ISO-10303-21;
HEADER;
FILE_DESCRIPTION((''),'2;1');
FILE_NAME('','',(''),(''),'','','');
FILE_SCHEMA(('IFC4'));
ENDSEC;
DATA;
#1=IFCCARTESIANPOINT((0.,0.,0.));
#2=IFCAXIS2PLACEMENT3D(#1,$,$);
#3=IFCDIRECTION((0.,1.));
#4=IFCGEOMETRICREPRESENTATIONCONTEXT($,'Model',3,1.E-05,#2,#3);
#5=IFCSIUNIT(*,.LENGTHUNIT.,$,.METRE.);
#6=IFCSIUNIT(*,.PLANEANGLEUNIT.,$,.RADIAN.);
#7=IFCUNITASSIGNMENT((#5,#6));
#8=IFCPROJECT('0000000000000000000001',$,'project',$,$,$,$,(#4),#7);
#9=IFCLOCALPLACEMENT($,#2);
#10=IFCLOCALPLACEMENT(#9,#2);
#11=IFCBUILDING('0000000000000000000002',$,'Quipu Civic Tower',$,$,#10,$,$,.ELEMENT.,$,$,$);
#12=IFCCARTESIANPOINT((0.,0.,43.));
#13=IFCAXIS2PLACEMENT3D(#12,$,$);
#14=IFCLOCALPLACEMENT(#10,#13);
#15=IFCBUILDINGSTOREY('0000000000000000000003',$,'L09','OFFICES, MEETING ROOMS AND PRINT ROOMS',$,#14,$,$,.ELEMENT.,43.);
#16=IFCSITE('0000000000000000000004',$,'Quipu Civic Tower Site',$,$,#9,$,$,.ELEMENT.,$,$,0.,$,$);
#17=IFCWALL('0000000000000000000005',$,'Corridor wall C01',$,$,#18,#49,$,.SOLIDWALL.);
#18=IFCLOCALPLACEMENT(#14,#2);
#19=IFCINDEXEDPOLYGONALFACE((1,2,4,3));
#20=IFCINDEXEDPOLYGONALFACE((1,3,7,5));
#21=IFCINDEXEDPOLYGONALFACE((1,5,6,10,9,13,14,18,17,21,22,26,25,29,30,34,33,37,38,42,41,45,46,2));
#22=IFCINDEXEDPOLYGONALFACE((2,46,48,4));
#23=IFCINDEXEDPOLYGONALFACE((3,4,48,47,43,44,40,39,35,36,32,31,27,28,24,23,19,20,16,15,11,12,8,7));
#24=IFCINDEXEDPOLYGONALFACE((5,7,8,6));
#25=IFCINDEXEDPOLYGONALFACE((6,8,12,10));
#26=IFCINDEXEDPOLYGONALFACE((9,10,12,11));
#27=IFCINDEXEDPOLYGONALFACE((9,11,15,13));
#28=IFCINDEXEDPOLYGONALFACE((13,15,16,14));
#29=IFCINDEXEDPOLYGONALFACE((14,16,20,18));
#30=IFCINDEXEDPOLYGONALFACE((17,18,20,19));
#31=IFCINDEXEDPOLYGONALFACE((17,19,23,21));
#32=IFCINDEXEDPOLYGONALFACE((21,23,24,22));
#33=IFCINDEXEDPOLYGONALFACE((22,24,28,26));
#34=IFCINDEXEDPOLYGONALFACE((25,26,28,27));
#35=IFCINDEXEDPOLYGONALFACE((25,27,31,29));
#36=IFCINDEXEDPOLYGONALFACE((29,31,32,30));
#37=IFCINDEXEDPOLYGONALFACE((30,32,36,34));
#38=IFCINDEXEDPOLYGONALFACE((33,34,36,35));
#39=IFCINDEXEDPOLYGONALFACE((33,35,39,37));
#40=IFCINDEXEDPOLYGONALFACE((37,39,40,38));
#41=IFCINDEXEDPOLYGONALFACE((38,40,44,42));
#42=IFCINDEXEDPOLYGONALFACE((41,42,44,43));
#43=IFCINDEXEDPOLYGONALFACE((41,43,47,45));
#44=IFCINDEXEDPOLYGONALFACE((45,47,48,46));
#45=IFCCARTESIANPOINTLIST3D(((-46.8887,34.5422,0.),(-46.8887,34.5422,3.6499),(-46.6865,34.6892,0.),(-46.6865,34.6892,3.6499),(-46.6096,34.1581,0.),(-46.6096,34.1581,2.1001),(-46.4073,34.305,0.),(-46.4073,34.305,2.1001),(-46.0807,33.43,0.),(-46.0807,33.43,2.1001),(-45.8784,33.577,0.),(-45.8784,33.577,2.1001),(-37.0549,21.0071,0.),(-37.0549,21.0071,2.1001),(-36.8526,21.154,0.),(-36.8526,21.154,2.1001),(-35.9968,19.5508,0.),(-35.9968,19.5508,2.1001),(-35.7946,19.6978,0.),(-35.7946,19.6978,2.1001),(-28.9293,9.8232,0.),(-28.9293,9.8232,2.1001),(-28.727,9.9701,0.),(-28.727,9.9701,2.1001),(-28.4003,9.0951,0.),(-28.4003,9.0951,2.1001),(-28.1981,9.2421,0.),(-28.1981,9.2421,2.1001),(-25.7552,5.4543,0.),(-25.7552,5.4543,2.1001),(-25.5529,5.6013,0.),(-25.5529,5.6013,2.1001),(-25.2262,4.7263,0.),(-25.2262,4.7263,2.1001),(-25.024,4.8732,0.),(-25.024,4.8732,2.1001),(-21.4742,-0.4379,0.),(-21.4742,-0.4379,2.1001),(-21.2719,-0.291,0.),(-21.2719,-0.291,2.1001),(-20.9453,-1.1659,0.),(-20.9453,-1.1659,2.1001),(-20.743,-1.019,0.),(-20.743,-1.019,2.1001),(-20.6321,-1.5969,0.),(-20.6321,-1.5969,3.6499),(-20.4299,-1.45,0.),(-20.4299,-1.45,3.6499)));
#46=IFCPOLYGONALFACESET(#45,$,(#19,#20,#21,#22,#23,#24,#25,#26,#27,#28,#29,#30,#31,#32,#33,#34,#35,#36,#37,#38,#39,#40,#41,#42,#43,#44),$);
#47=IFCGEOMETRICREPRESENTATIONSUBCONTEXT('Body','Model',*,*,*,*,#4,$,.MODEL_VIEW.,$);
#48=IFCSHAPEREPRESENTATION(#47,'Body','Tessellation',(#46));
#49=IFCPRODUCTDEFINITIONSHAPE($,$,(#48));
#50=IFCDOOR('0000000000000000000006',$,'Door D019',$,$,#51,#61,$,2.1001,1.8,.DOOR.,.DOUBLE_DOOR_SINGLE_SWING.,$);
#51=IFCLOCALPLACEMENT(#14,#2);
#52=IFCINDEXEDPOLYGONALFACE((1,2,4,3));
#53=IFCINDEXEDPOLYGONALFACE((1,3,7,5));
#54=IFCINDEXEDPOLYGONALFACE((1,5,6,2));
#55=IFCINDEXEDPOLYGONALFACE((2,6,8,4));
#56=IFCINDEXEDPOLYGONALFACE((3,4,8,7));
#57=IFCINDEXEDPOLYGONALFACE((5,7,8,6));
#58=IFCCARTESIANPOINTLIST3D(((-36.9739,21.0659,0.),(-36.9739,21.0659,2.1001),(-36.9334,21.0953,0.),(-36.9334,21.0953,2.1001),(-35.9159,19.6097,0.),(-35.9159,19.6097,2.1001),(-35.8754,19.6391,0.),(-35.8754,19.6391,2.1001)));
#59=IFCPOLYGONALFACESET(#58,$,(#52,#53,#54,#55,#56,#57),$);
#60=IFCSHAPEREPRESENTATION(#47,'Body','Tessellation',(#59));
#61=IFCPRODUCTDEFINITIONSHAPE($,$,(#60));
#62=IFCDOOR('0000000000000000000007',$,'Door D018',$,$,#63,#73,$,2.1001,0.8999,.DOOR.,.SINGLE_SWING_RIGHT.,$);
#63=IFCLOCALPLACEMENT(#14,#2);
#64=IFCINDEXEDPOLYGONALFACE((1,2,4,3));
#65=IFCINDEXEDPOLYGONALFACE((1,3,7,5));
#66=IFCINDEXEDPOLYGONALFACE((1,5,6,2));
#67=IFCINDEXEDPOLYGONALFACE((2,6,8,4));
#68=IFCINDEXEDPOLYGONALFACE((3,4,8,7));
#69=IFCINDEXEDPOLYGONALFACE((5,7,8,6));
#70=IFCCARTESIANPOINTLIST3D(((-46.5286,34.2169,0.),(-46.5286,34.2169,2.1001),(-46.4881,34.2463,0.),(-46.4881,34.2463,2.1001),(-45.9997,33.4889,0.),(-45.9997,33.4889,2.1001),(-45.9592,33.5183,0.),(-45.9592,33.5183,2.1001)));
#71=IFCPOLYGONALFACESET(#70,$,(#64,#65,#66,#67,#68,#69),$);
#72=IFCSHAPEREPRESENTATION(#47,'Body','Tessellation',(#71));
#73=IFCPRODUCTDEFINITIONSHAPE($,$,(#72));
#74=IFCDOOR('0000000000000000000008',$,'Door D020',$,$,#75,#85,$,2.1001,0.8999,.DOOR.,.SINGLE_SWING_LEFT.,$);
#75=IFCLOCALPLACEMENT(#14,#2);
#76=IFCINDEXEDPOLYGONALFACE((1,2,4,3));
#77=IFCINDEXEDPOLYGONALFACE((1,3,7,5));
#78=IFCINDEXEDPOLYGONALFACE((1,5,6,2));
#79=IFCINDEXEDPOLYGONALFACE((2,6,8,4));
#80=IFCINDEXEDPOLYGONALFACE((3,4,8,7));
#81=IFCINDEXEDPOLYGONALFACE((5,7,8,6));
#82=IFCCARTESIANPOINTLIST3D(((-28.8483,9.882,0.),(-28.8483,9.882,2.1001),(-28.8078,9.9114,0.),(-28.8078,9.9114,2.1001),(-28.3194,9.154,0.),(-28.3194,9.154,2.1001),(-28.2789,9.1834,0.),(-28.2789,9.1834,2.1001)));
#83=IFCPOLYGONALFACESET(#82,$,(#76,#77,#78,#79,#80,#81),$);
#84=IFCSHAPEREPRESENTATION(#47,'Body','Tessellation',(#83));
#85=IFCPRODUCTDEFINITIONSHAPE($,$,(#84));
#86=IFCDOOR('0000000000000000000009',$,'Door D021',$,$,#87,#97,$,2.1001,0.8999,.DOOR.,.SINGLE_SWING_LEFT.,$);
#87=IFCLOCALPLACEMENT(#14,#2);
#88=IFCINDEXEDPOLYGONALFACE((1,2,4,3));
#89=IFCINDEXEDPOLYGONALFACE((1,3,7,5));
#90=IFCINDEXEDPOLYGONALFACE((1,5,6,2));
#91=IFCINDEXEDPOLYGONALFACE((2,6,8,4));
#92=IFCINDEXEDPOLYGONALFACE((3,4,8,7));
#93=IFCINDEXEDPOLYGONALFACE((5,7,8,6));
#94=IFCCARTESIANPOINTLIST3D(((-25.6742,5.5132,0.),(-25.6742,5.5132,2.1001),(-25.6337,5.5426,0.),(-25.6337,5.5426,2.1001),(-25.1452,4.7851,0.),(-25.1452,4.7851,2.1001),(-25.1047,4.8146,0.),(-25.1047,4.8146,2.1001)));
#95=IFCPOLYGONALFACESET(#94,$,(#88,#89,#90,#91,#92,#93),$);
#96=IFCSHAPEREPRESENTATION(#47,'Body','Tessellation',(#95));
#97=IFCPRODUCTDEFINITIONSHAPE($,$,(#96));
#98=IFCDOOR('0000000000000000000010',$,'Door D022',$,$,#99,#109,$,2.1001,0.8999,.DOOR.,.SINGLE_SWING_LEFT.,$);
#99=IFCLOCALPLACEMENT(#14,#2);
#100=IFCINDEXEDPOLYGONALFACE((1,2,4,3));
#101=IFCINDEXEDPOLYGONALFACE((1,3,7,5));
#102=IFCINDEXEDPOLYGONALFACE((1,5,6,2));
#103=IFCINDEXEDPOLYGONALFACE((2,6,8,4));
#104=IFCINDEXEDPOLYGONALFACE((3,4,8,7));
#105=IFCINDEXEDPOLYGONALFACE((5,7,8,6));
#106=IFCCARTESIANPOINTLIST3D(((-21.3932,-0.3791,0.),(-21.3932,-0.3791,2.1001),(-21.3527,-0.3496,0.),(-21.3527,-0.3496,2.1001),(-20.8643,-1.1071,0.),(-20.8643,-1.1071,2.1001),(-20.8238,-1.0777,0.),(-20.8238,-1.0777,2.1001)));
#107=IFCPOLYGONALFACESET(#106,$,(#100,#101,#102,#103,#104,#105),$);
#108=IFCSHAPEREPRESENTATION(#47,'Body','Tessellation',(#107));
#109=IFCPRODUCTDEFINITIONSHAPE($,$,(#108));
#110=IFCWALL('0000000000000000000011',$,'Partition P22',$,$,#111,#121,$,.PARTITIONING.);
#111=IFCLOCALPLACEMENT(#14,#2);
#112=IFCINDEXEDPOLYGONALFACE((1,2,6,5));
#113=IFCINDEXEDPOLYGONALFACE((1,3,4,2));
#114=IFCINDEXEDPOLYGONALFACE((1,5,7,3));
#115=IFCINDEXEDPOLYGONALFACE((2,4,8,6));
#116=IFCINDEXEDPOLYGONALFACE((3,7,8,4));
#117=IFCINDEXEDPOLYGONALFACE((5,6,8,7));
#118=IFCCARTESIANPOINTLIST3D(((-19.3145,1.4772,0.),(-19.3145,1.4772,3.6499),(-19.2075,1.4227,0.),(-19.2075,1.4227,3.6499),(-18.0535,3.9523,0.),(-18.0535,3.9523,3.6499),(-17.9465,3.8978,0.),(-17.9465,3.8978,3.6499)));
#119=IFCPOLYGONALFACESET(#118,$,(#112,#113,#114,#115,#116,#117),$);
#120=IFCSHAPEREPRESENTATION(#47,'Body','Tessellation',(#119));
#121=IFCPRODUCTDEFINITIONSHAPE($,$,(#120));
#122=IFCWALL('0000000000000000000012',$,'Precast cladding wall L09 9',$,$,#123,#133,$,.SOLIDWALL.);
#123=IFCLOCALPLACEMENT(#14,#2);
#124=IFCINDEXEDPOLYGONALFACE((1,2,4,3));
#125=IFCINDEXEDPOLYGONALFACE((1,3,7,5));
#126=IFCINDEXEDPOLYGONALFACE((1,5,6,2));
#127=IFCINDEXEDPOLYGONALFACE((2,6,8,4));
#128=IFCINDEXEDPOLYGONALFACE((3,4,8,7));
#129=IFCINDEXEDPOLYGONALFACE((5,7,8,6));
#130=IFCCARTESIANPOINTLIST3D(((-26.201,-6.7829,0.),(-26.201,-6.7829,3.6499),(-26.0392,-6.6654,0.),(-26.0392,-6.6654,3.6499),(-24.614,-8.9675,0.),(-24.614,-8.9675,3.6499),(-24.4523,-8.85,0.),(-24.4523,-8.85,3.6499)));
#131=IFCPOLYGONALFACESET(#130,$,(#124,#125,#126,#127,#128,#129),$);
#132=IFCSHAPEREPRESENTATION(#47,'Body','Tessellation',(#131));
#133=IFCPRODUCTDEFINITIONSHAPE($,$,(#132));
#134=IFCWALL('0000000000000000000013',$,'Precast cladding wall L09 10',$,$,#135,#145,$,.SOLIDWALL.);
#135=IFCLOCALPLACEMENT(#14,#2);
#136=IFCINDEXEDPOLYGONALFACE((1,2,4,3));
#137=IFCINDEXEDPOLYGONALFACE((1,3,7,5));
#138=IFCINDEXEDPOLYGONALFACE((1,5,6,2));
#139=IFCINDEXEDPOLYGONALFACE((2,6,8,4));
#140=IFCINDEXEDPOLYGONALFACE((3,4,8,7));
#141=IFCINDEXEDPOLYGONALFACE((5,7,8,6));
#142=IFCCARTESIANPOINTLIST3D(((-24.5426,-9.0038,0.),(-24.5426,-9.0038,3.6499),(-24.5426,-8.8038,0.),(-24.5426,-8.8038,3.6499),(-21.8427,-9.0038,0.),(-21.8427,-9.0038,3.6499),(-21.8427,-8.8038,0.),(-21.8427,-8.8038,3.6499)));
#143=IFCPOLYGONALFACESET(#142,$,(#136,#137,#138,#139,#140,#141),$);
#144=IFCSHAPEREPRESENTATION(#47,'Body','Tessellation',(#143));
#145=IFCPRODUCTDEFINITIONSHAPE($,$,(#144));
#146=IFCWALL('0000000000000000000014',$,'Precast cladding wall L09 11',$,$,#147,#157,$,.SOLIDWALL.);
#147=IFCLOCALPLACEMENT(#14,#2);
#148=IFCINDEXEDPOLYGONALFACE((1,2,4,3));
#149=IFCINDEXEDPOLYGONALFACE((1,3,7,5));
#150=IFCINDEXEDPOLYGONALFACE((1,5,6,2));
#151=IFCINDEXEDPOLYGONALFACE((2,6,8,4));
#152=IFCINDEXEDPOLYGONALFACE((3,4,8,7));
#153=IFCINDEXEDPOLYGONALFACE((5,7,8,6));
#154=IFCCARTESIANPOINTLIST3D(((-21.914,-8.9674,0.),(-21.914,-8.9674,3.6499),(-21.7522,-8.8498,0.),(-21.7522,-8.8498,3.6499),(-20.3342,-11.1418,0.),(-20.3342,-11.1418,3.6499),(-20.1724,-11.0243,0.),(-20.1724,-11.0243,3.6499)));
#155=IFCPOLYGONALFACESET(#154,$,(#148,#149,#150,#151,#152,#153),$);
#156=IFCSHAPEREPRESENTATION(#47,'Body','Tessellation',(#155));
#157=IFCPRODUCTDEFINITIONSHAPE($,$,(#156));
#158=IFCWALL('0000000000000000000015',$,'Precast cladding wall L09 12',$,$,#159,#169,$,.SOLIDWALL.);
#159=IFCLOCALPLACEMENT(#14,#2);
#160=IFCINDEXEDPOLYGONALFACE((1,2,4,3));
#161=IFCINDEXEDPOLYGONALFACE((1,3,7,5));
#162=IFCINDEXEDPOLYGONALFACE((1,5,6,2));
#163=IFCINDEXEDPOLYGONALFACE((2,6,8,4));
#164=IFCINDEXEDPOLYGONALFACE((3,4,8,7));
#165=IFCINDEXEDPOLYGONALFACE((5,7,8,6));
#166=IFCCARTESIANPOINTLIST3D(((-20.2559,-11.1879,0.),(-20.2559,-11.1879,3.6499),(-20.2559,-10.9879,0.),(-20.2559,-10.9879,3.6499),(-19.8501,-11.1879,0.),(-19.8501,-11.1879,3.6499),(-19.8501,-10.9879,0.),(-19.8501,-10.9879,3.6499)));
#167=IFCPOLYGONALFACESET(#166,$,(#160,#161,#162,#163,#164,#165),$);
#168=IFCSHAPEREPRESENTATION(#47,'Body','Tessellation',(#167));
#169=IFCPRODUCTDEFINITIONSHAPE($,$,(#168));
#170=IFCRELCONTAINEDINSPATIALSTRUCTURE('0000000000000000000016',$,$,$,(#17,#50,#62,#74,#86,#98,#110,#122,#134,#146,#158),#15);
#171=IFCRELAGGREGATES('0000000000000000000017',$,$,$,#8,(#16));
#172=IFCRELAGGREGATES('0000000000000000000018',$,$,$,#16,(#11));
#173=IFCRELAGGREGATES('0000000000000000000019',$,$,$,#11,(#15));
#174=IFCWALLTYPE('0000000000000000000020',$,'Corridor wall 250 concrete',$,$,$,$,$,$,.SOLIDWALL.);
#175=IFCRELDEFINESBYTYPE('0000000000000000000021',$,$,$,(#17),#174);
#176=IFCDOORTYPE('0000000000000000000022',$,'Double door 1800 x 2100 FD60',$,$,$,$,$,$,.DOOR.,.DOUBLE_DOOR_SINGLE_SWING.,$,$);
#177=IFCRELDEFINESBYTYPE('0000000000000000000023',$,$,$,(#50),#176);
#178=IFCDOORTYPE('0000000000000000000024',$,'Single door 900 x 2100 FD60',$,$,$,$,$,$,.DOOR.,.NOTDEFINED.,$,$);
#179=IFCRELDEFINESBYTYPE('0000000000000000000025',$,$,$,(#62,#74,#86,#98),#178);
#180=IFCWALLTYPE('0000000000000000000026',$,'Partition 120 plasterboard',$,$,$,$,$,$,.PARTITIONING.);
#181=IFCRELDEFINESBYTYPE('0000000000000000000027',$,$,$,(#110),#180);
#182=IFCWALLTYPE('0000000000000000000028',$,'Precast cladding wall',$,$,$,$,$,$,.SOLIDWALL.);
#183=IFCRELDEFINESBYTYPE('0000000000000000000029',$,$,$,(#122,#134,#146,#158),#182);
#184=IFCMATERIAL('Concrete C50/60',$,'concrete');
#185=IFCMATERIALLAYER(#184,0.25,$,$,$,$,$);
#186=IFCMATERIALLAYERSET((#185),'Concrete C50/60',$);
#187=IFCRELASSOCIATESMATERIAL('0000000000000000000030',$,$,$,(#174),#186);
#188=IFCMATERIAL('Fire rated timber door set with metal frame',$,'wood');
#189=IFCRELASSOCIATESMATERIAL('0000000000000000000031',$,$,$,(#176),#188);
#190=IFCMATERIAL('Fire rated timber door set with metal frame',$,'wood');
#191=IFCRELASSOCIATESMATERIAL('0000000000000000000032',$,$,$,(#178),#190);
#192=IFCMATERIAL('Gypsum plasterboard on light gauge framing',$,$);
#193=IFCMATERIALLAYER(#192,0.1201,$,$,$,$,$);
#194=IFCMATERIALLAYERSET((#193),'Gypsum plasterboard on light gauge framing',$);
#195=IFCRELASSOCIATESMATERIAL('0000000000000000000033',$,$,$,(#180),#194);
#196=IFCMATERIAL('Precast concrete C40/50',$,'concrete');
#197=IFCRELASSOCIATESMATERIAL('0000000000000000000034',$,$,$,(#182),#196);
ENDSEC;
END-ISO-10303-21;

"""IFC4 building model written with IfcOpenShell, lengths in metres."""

from ifc_helpers import new_model, si_unit, direction, frame, frame_2d, origin, place, context, subcontext, project, spatial, rectangle, extrude, material, layer, layer_set, type_object, element, fill, save


model = new_model("IFC4")

# Units and contexts
model_context = context("Model", 3, precision=1e-05, world=origin(), true_north=direction((0.0, 1.0)))
body_context = subcontext(model_context, "Body", "Model", "MODEL_VIEW")
ifc_project = project(units=[si_unit("LENGTHUNIT", "METRE"), si_unit("PLANEANGLEUNIT", "RADIAN")], contexts=[model_context])

# Site, building, storey
site_placement = place(None, origin())
site = spatial("IfcSite", under=ifc_project, at=site_placement, Name="Quipu Civic Tower Site", CompositionType="ELEMENT", RefElevation=0.0)
building_placement = place(site_placement, origin())
building = spatial("IfcBuilding", under=site, at=building_placement, Name="Quipu Civic Tower", CompositionType="ELEMENT")
storey_placement = place(building_placement, frame((0.0, 0.0, 43.0)))
storey = spatial("IfcBuildingStorey", under=building, at=storey_placement, Name="L09", Description="OFFICES, MEETING ROOMS AND PRINT ROOMS", CompositionType="ELEMENT", Elevation=43.0)

# Wall, openings, doors
ifc_material_1 = material(Name="Concrete C50/60", Category="concrete")
ifc_layer_1 = layer(ifc_material_1, 0.25)
ifc_layer_set_1 = layer_set([ifc_layer_1], Name="Concrete C50/60")
wall_type_1 = type_object("IfcWallType", Name="Corridor wall 250 concrete", PredefinedType="SOLIDWALL", material=ifc_layer_set_1)
wall_1_placement = place(storey_placement, frame((-20.531, -1.5234, 0.0), z_axis=(0.0, 0.0, 1.0), x_axis=(-0.587785, 0.809017, 0.0)))
wall_1 = element("IfcWall", 1, at=wall_1_placement, inside=storey, type_object=wall_type_1, Name="Corridor wall C01", PredefinedType="SOLIDWALL", context=body_context, shape_type="SweptSolid", body=[
    extrude(rectangle(XDim=44.6704, YDim=0.25, at=frame_2d((22.3352, 0.0))), origin(), (0.0, 0.0, 1.0), 3.6499),
])
opening_1_placement = place(wall_1_placement, frame((26.1401, 0.0, 0.0)))
opening_1 = element("IfcOpeningElement", 2, at=opening_1_placement, cuts=wall_1, PredefinedType="OPENING", context=body_context, shape_type="SweptSolid", body=[
    extrude(rectangle(XDim=1.8, YDim=2.1001, at=frame_2d((0.8999, 1.05))), frame((0.0, 0.135, 0.0), z_axis=(0.0, -1.0, 0.0), x_axis=(1.0, 0.0, 0.0)), (0.0, 0.0, 1.0), 0.27),
])
opening_2_placement = place(wall_1_placement, frame((43.2957, 0.0, 0.0)))
opening_2 = element("IfcOpeningElement", 3, at=opening_2_placement, cuts=wall_1, PredefinedType="OPENING", context=body_context, shape_type="SweptSolid", body=[
    extrude(rectangle(XDim=0.8999, YDim=2.1001, at=frame_2d((0.45, 1.05))), frame((0.0, 0.135, 0.0), z_axis=(0.0, -1.0, 0.0), x_axis=(1.0, 0.0, 0.0)), (0.0, 0.0, 1.0), 0.27),
])
opening_3_placement = place(wall_1_placement, frame((13.2161, 0.0, 0.0)))
opening_3 = element("IfcOpeningElement", 4, at=opening_3_placement, cuts=wall_1, PredefinedType="OPENING", context=body_context, shape_type="SweptSolid", body=[
    extrude(rectangle(XDim=0.8999, YDim=2.1001, at=frame_2d((0.45, 1.05))), frame((0.0, 0.135, 0.0), z_axis=(0.0, -1.0, 0.0), x_axis=(1.0, 0.0, 0.0)), (0.0, 0.0, 1.0), 0.27),
])
opening_4_placement = place(wall_1_placement, frame((7.8159, 0.0, 0.0)))
opening_4 = element("IfcOpeningElement", 5, at=opening_4_placement, cuts=wall_1, PredefinedType="OPENING", context=body_context, shape_type="SweptSolid", body=[
    extrude(rectangle(XDim=0.8999, YDim=2.1001, at=frame_2d((0.45, 1.05))), frame((0.0, 0.135, 0.0), z_axis=(0.0, -1.0, 0.0), x_axis=(1.0, 0.0, 0.0)), (0.0, 0.0, 1.0), 0.27),
])
opening_5_placement = place(wall_1_placement, frame((0.5327, 0.0, 0.0)))
opening_5 = element("IfcOpeningElement", 6, at=opening_5_placement, cuts=wall_1, PredefinedType="OPENING", context=body_context, shape_type="SweptSolid", body=[
    extrude(rectangle(XDim=0.8999, YDim=2.1001, at=frame_2d((0.45, 1.05))), frame((0.0, 0.135, 0.0), z_axis=(0.0, -1.0, 0.0), x_axis=(1.0, 0.0, 0.0)), (0.0, 0.0, 1.0), 0.27),
])
ifc_material_2 = material(Name="Fire rated timber door set with metal frame", Category="wood")
door_type_1 = type_object("IfcDoorType", Name="Double door 1800 x 2100 FD60", OperationType="DOUBLE_DOOR_SINGLE_SWING", PredefinedType="DOOR", material=ifc_material_2)
door_1_placement = place(opening_1_placement, origin())
door_1 = element("IfcDoor", 7, at=door_1_placement, inside=storey, type_object=door_type_1, Name="Door D019", OperationType="DOUBLE_DOOR_SINGLE_SWING", OverallHeight=2.1001, OverallWidth=1.8, PredefinedType="DOOR", context=body_context, shape_type="SweptSolid", body=[
    extrude(rectangle(XDim=1.8, YDim=2.1001, at=frame_2d((0.8999, 1.05))), frame((0.0, 0.0249, 0.0), z_axis=(0.0, -1.0, 0.0), x_axis=(1.0, 0.0, 0.0)), (0.0, 0.0, 1.0), 0.05),
])
fill(opening_1, door_1)
ifc_material_3 = material(Name="Fire rated timber door set with metal frame", Category="wood")
door_type_2 = type_object("IfcDoorType", Name="Single door 900 x 2100 FD60", OperationType="NOTDEFINED", PredefinedType="DOOR", material=ifc_material_3)
door_2_placement = place(opening_2_placement, origin())
door_2 = element("IfcDoor", 8, at=door_2_placement, inside=storey, type_object=door_type_2, Name="Door D018", OperationType="SINGLE_SWING_RIGHT", OverallHeight=2.1001, OverallWidth=0.8999, PredefinedType="DOOR", context=body_context, shape_type="SweptSolid", body=[
    extrude(rectangle(XDim=0.8999, YDim=2.1001, at=frame_2d((0.45, 1.05))), frame((0.0, 0.0249, 0.0), z_axis=(0.0, -1.0, 0.0), x_axis=(1.0, 0.0, 0.0)), (0.0, 0.0, 1.0), 0.05),
])
fill(opening_2, door_2)
door_3_placement = place(opening_3_placement, origin())
door_3 = element("IfcDoor", 9, at=door_3_placement, inside=storey, type_object=door_type_2, Name="Door D020", OperationType="SINGLE_SWING_LEFT", OverallHeight=2.1001, OverallWidth=0.8999, PredefinedType="DOOR", context=body_context, shape_type="SweptSolid", body=[
    extrude(rectangle(XDim=0.8999, YDim=2.1001, at=frame_2d((0.45, 1.05))), frame((0.0, 0.0249, 0.0), z_axis=(0.0, -1.0, 0.0), x_axis=(1.0, 0.0, 0.0)), (0.0, 0.0, 1.0), 0.05),
])
fill(opening_3, door_3)
door_4_placement = place(opening_4_placement, origin())
door_4 = element("IfcDoor", 10, at=door_4_placement, inside=storey, type_object=door_type_2, Name="Door D021", OperationType="SINGLE_SWING_LEFT", OverallHeight=2.1001, OverallWidth=0.8999, PredefinedType="DOOR", context=body_context, shape_type="SweptSolid", body=[
    extrude(rectangle(XDim=0.8999, YDim=2.1001, at=frame_2d((0.45, 1.05))), frame((0.0, 0.0249, 0.0), z_axis=(0.0, -1.0, 0.0), x_axis=(1.0, 0.0, 0.0)), (0.0, 0.0, 1.0), 0.05),
])
fill(opening_4, door_4)
door_5_placement = place(opening_5_placement, origin())
door_5 = element("IfcDoor", 11, at=door_5_placement, inside=storey, type_object=door_type_2, Name="Door D022", OperationType="SINGLE_SWING_LEFT", OverallHeight=2.1001, OverallWidth=0.8999, PredefinedType="DOOR", context=body_context, shape_type="SweptSolid", body=[
    extrude(rectangle(XDim=0.8999, YDim=2.1001, at=frame_2d((0.45, 1.05))), frame((0.0, 0.0249, 0.0), z_axis=(0.0, -1.0, 0.0), x_axis=(1.0, 0.0, 0.0)), (0.0, 0.0, 1.0), 0.05),
])
fill(opening_5, door_5)

# Walls
ifc_material_4 = material(Name="Gypsum plasterboard on light gauge framing")
ifc_layer_2 = layer(ifc_material_4, 0.1201)
ifc_layer_set_2 = layer_set([ifc_layer_2], Name="Gypsum plasterboard on light gauge framing")
wall_type_2 = type_object("IfcWallType", Name="Partition 120 plasterboard", PredefinedType="PARTITIONING", material=ifc_layer_set_2)
wall_2_placement = place(storey_placement, frame((-19.261, 1.45, 0.0), z_axis=(0.0, 0.0, 1.0), x_axis=(0.453951, 0.891027, 0.0)))
element("IfcWall", 12, at=wall_2_placement, inside=storey, type_object=wall_type_2, Name="Partition P22", PredefinedType="PARTITIONING", context=body_context, shape_type="SweptSolid", body=[
    extrude(rectangle(XDim=2.7778, YDim=0.1201, at=frame_2d((1.3889, 0.0))), origin(), (0.0, 0.0, 1.0), 3.6499),
])
ifc_material_5 = material(Name="Precast concrete C40/50", Category="concrete")
wall_type_3 = type_object("IfcWallType", Name="Precast cladding wall", PredefinedType="SOLIDWALL", material=ifc_material_5)
wall_3_placement = place(storey_placement, frame((-26.1201, -6.7241, 0.0), z_axis=(0.0, 0.0, 1.0), x_axis=(0.58772, -0.809064, 0.0)))
element("IfcWall", 13, at=wall_3_placement, inside=storey, type_object=wall_type_3, Name="Precast cladding wall L09 9", PredefinedType="SOLIDWALL", context=body_context, shape_type="SweptSolid", body=[
    extrude(rectangle(XDim=2.7002, YDim=0.2, at=frame_2d((1.3501, 0.0))), origin(), (0.0, 0.0, 1.0), 3.6499),
])
wall_4_placement = place(storey_placement, frame((-24.5427, -8.9038, 0.0), z_axis=(0.0, 0.0, 1.0), x_axis=(1.0, 0.0, 0.0)))
element("IfcWall", 14, at=wall_4_placement, inside=storey, type_object=wall_type_3, Name="Precast cladding wall L09 10", PredefinedType="SOLIDWALL", context=body_context, shape_type="SweptSolid", body=[
    extrude(rectangle(XDim=2.7, YDim=0.2, at=frame_2d((1.3501, 0.0))), origin(), (0.0, 0.0, 1.0), 3.6499),
])
wall_5_placement = place(storey_placement, frame((-21.833, -8.9087, 0.0), z_axis=(0.0, 0.0, 1.0), x_axis=(0.587767, -0.809031, 0.0)))
element("IfcWall", 15, at=wall_5_placement, inside=storey, type_object=wall_type_3, Name="Precast cladding wall L09 11", PredefinedType="SOLIDWALL", context=body_context, shape_type="SweptSolid", body=[
    extrude(rectangle(XDim=2.6877, YDim=0.2, at=frame_2d((1.3438, 0.0))), origin(), (0.0, 0.0, 1.0), 3.6499),
])
wall_6_placement = place(storey_placement, frame((-20.2559, -11.0879, 0.0), z_axis=(0.0, 0.0, 1.0), x_axis=(1.0, 0.0, 0.0)))
element("IfcWall", 16, at=wall_6_placement, inside=storey, type_object=wall_type_3, Name="Precast cladding wall L09 12", PredefinedType="SOLIDWALL", context=body_context, shape_type="SweptSolid", body=[
    extrude(rectangle(XDim=0.4058, YDim=0.2, at=frame_2d((0.2029, 0.0))), origin(), (0.0, 0.0, 1.0), 3.6499),
])

save(model, "model.ifc")
